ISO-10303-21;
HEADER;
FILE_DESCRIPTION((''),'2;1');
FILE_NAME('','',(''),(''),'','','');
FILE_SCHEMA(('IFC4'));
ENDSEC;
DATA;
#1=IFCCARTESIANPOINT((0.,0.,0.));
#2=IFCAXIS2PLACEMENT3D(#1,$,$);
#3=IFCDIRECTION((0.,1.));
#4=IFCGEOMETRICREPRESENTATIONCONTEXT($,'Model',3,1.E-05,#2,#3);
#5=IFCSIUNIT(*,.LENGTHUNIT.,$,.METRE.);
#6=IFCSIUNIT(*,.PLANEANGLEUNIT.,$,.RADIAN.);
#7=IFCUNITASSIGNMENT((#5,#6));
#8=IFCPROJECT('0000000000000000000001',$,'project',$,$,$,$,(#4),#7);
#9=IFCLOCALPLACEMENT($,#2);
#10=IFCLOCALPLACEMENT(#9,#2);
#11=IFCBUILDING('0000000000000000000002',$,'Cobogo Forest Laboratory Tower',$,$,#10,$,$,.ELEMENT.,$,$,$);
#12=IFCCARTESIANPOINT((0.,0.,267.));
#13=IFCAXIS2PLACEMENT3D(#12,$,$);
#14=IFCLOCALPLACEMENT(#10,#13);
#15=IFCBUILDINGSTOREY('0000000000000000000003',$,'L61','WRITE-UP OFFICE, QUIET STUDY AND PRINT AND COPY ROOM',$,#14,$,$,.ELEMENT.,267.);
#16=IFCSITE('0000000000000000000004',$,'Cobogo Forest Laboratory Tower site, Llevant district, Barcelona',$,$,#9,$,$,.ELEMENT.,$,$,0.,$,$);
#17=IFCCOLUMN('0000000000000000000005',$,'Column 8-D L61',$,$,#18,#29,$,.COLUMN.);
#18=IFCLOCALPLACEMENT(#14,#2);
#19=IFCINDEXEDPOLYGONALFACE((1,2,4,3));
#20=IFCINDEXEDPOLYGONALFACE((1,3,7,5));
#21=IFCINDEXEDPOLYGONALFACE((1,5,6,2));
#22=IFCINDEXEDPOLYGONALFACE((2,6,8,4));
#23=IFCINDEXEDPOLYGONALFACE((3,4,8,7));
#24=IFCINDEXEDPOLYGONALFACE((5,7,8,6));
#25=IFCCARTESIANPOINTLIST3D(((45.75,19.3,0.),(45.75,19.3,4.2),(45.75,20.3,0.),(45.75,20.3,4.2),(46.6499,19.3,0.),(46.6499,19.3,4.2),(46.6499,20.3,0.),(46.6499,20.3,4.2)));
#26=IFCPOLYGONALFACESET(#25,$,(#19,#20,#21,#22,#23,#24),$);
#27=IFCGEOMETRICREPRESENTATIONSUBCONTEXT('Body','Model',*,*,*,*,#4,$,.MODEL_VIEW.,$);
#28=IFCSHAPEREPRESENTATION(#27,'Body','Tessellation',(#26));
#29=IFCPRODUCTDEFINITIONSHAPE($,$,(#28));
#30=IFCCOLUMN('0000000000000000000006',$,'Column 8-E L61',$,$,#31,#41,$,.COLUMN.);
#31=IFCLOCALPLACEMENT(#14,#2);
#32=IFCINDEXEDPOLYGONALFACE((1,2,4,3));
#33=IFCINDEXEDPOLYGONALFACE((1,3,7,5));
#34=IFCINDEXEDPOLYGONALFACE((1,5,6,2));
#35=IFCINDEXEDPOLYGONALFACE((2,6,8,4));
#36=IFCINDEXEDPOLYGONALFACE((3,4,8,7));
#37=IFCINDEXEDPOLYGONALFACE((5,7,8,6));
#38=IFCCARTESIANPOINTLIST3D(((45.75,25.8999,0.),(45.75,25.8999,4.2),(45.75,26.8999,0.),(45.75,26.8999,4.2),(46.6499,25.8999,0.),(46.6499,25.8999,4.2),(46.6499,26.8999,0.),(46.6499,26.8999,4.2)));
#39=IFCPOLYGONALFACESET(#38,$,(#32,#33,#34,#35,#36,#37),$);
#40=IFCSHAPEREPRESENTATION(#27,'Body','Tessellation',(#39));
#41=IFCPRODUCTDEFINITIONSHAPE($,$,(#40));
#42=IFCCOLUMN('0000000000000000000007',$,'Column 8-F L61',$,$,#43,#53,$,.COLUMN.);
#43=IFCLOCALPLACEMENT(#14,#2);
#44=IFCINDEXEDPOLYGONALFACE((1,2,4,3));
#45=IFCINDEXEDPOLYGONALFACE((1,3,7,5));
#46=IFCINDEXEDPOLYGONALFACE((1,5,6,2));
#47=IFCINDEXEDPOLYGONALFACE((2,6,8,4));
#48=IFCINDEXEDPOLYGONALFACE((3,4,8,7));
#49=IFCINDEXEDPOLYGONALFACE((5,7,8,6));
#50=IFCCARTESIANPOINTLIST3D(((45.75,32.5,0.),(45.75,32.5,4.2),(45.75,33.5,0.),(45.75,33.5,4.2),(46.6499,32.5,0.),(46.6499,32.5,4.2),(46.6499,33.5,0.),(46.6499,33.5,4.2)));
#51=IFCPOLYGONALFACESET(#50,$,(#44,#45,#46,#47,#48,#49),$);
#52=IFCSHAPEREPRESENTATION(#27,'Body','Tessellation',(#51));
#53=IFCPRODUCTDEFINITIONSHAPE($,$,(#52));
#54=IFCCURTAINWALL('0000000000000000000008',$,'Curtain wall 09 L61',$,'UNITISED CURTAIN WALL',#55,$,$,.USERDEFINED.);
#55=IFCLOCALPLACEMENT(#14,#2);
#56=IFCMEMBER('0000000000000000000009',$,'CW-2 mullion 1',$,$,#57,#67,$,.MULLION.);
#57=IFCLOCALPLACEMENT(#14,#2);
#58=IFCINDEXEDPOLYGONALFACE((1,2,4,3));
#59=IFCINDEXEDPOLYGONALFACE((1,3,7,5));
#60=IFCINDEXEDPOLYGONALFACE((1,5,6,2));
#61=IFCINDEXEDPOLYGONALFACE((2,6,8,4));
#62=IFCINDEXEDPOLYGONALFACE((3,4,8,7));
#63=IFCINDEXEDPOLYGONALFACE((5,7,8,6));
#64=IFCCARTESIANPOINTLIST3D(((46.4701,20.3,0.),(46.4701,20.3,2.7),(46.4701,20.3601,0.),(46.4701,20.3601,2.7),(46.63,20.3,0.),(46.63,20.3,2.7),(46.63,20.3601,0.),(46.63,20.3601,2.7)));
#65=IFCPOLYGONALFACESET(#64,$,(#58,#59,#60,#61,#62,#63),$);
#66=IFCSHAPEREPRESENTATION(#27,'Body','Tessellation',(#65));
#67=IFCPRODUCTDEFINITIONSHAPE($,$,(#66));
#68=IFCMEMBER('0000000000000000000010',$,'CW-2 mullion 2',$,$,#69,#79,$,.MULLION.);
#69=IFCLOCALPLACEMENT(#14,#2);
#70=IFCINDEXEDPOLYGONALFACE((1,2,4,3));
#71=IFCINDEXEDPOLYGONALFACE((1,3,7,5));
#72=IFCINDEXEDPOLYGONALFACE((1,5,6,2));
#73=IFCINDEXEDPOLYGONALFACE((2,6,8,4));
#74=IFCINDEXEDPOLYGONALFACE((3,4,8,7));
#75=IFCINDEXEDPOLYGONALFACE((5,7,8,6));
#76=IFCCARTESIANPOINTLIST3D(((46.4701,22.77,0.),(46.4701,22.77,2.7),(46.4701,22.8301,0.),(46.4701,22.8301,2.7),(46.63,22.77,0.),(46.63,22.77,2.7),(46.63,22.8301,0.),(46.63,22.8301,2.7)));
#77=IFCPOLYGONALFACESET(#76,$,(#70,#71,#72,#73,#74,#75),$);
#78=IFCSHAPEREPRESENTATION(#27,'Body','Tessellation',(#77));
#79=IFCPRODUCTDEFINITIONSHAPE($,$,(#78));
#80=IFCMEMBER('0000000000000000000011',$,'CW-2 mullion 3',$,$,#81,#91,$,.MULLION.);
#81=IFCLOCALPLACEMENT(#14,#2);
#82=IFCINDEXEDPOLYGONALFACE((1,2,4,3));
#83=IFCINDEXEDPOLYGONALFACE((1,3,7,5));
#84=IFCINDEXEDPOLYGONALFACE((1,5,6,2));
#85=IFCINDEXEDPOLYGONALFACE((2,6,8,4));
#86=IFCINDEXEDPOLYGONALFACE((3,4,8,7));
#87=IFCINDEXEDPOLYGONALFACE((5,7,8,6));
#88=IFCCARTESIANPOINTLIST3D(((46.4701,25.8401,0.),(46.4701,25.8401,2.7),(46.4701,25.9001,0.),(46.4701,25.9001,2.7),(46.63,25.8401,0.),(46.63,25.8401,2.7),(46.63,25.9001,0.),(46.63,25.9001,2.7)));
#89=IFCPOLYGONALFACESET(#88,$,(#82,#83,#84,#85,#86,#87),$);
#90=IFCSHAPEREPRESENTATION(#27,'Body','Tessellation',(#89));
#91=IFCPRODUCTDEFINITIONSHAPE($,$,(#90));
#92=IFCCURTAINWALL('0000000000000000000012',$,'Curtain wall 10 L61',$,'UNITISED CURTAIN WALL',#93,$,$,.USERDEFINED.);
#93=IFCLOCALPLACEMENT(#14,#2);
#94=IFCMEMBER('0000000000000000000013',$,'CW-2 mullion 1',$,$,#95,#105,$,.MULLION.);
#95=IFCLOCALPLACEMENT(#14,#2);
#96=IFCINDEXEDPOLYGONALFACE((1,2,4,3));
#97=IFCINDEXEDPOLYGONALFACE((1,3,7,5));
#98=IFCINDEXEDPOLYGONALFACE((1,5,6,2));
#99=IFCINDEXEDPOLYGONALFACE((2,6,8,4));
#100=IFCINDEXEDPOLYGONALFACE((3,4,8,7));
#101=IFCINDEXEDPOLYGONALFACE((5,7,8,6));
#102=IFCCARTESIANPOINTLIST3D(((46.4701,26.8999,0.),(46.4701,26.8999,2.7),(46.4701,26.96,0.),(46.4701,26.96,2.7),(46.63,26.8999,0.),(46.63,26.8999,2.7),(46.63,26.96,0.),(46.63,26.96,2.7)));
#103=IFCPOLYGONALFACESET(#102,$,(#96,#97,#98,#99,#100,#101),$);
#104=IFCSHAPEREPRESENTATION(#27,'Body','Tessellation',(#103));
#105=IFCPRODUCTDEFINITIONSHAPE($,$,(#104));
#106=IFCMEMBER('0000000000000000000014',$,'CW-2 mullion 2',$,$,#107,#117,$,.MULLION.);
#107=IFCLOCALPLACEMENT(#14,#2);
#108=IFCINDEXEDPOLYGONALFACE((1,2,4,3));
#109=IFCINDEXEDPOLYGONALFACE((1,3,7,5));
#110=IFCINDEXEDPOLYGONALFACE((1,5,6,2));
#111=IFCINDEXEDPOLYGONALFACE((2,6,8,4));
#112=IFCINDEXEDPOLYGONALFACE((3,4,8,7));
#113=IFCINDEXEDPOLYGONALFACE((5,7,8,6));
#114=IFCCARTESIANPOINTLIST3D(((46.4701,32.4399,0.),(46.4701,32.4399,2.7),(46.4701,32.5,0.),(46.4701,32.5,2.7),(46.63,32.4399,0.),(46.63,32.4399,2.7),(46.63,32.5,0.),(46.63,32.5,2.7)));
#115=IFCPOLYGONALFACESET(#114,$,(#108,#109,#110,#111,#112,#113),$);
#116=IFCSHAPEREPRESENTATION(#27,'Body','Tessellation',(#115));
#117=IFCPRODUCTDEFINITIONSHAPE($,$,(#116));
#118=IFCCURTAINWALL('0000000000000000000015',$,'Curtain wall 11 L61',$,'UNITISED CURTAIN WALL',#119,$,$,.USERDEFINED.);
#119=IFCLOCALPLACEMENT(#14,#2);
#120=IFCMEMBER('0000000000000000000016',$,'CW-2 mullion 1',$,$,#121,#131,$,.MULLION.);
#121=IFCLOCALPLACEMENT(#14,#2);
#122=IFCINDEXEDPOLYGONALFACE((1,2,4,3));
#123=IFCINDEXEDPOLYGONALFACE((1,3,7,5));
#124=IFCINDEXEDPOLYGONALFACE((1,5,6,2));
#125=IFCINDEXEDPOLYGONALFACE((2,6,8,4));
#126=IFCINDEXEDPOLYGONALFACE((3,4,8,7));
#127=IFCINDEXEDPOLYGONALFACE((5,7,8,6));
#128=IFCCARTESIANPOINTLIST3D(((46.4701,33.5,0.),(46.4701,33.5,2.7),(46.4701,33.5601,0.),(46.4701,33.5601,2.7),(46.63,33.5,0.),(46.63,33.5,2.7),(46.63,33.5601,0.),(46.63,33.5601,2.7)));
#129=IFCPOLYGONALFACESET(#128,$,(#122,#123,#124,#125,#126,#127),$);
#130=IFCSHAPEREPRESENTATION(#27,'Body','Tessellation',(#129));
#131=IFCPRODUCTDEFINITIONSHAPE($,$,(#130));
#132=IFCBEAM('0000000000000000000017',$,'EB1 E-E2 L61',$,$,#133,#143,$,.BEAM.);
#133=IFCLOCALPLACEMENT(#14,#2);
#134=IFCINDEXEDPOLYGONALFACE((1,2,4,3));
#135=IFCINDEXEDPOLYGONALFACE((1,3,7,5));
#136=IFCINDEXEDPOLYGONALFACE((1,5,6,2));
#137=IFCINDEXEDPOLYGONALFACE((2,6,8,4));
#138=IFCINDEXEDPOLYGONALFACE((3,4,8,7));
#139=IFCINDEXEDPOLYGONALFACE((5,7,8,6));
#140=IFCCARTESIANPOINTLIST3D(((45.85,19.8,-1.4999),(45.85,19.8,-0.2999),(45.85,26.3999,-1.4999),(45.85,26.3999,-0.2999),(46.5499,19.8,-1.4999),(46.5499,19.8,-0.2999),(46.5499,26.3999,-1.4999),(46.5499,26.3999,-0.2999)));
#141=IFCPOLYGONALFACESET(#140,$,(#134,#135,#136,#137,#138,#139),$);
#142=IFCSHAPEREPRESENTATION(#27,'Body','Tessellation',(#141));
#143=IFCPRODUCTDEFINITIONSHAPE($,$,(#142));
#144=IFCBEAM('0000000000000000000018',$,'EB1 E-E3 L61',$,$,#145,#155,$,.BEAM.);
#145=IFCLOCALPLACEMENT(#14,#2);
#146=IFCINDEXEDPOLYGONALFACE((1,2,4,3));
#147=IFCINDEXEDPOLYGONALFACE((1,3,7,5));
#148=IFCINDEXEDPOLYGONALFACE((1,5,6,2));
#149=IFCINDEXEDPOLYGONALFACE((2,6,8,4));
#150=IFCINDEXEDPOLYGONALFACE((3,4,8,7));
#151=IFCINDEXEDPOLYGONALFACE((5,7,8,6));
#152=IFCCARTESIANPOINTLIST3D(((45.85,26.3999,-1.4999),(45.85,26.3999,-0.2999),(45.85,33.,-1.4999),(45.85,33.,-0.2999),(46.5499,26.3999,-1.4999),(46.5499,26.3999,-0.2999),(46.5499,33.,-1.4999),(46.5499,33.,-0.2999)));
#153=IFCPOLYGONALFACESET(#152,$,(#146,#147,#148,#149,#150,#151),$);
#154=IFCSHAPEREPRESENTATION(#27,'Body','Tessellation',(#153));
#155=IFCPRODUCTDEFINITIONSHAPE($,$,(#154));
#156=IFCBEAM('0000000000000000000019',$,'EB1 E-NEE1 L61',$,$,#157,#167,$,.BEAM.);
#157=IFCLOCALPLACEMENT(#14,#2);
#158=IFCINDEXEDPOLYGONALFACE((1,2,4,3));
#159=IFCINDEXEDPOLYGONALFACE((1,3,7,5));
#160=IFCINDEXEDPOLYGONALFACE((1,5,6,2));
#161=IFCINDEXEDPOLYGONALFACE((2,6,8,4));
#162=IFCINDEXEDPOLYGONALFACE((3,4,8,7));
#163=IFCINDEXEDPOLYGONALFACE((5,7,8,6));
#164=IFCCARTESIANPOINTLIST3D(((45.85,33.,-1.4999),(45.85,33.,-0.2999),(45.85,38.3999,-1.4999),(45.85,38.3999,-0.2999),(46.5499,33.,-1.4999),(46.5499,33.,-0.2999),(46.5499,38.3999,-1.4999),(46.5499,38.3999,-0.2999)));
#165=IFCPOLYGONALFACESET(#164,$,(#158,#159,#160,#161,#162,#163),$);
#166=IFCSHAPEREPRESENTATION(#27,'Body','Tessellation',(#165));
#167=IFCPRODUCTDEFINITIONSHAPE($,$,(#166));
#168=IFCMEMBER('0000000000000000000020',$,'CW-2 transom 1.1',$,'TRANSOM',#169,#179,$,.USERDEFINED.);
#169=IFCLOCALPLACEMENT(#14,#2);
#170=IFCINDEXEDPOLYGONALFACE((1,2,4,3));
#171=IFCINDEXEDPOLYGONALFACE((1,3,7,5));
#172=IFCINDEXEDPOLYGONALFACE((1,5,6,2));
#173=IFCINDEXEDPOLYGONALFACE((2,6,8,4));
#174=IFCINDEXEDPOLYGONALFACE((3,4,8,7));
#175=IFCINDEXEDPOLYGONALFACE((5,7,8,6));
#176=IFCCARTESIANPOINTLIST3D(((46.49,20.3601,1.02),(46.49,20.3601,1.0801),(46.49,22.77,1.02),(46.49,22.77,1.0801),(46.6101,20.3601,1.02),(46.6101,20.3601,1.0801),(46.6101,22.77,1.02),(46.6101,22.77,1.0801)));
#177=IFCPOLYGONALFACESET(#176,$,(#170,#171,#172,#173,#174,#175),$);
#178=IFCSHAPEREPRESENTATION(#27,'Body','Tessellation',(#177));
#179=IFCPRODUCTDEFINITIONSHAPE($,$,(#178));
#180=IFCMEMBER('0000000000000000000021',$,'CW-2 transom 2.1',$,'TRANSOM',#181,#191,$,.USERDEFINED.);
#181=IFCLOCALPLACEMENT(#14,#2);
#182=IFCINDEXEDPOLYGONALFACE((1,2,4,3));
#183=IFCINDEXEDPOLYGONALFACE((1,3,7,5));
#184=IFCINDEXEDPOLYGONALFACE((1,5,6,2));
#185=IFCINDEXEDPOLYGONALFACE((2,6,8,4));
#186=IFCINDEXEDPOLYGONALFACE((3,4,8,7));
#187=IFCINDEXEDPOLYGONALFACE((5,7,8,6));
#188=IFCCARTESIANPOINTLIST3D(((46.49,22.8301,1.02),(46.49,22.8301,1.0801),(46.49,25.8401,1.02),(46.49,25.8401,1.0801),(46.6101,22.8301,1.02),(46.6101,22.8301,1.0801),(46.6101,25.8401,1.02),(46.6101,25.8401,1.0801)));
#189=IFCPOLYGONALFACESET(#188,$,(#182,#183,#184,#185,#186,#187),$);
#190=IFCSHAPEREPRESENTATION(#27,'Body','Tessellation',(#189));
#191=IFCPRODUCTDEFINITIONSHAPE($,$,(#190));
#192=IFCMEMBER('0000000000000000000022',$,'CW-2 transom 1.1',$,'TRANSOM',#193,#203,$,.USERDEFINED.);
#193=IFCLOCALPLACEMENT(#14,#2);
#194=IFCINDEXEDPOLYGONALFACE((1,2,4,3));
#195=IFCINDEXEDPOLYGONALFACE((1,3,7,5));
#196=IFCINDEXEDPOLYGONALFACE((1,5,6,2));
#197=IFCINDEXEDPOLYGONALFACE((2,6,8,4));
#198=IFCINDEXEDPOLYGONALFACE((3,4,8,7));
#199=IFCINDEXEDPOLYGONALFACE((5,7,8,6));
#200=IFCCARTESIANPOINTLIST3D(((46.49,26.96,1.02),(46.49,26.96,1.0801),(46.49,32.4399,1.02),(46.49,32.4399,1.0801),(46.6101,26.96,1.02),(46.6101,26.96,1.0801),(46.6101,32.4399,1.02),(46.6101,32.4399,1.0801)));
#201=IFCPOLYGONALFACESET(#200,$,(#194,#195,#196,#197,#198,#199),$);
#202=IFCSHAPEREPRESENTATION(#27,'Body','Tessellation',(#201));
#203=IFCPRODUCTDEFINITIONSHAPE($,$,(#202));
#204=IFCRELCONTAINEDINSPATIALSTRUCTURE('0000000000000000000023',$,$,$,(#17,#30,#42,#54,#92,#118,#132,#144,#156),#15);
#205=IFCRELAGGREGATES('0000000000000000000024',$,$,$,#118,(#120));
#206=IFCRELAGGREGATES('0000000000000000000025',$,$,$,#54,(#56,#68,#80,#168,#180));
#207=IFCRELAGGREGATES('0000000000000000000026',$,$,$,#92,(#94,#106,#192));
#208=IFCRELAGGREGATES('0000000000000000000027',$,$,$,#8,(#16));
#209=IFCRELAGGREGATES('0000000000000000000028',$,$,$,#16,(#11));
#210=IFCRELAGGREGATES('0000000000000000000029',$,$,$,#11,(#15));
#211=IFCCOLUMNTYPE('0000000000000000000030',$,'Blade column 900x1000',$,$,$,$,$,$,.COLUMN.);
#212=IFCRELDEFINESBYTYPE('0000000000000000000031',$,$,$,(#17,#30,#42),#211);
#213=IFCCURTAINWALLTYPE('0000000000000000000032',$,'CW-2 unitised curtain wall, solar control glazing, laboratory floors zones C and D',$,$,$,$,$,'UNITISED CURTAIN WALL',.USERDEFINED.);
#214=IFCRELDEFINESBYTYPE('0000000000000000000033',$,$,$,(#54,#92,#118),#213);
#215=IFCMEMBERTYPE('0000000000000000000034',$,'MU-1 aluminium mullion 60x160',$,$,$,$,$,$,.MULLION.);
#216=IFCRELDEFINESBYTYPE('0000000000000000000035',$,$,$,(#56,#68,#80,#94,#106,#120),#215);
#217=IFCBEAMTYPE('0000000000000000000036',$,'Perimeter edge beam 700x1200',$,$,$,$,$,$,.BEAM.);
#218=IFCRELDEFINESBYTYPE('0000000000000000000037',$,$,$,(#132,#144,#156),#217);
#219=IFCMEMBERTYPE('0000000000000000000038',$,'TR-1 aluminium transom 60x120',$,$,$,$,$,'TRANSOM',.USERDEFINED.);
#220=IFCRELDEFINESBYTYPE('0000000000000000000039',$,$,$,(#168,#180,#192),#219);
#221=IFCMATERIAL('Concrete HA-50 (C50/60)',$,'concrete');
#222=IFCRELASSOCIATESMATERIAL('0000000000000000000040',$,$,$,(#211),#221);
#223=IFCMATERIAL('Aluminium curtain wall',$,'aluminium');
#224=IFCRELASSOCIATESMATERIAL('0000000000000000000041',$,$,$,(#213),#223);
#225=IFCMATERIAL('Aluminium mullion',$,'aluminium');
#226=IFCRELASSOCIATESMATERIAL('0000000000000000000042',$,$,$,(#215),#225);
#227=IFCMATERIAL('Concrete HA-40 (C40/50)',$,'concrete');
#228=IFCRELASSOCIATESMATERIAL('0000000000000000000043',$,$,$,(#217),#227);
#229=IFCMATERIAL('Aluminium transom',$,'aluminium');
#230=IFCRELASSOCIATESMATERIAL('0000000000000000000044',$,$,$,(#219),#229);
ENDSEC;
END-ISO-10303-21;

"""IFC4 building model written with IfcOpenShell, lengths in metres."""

from ifc_helpers import new_model, si_unit, direction, frame, origin, origin_2d, place, context, subcontext, project, spatial, rectangle, extrude, material, material_profile, profile_set, type_object, element, aggregate, save


model = new_model("IFC4")

# Units and contexts
model_context = context("Model", 3, precision=1e-05, world=origin(), true_north=direction((0.0, 1.0)))
body_context = subcontext(model_context, "Body", "Model", "MODEL_VIEW")
ifc_project = project(units=[si_unit("LENGTHUNIT", "METRE"), si_unit("PLANEANGLEUNIT", "RADIAN")], contexts=[model_context])

# Site, building, storey
site_placement = place(None, origin())
site = spatial("IfcSite", under=ifc_project, at=site_placement, Name="Cobogo Forest Laboratory Tower site, Llevant district, Barcelona", CompositionType="ELEMENT", RefElevation=0.0)
building_placement = place(site_placement, origin())
building = spatial("IfcBuilding", under=site, at=building_placement, Name="Cobogo Forest Laboratory Tower", CompositionType="ELEMENT")
storey_placement = place(building_placement, frame((0.0, 0.0, 267.0)))
storey = spatial("IfcBuildingStorey", under=building, at=storey_placement, Name="L61", Description="WRITE-UP OFFICE, QUIET STUDY AND PRINT AND COPY ROOM", CompositionType="ELEMENT", Elevation=267.0)

# Columns
ifc_material_1 = material(Name="Concrete HA-50 (C50/60)", Category="concrete")
ifc_material_profile_1 = material_profile(ifc_material_1, rectangle(XDim=1.0, YDim=0.8999, at=origin_2d()), Name="RC 900x1000")
ifc_profile_set_1 = profile_set([ifc_material_profile_1], Name="Concrete HA-50 (C50/60)")
column_type = type_object("IfcColumnType", Name="Blade column 900x1000", PredefinedType="COLUMN", material=ifc_profile_set_1)
for number, where, z_axis, x_axis, name in (
    (1, (46.2, 19.8, 0.0), (0.0, 0.0, 1.0), (0.0, 1.0, 0.0), "Column 8-D L61"),
    (2, (46.2, 26.3999, 0.0), (0.0, 0.0, 1.0), (0.0, 1.0, 0.0), "Column 8-E L61"),
    (3, (46.2, 33.0, 0.0), (0.0, 0.0, 1.0), (0.0, 1.0, 0.0), "Column 8-F L61"),
):
    element("IfcColumn", number, at=place(storey_placement, frame(where, z_axis=z_axis, x_axis=x_axis)), inside=storey, type_object=column_type, Name=name, PredefinedType="COLUMN", context=body_context, shape_type="SweptSolid", body=[
        extrude(rectangle(XDim=1.0, YDim=0.8999, at=origin_2d()), origin(), (0.0, 0.0, 1.0), 4.2),
    ])

# Curtain walls, members
ifc_material_2 = material(Name="Aluminium curtain wall", Category="aluminium")
curtain_wall_type = type_object("IfcCurtainWallType", Name="CW-2 unitised curtain wall, solar control glazing, laboratory floors zones C and D", ElementType="UNITISED CURTAIN WALL", PredefinedType="USERDEFINED", material=ifc_material_2)
curtain_wall_1_placement = place(storey_placement, origin())
curtain_wall_1 = element("IfcCurtainWall", 4, at=curtain_wall_1_placement, inside=storey, type_object=curtain_wall_type, Name="Curtain wall 09 L61", ObjectType="UNITISED CURTAIN WALL", PredefinedType="USERDEFINED")
ifc_material_3 = material(Name="Aluminium mullion", Category="aluminium")
ifc_material_profile_2 = material_profile(ifc_material_3, rectangle(XDim=0.0601, YDim=0.1599, at=origin_2d()), Name="AL 60x160")
ifc_profile_set_2 = profile_set([ifc_material_profile_2], Name="Aluminium mullion")
member_type_1 = type_object("IfcMemberType", Name="MU-1 aluminium mullion 60x160", PredefinedType="MULLION", material=ifc_profile_set_2)
member_1_placement = place(storey_placement, frame((46.55, 20.3301, 0.0), z_axis=(0.0, 0.0, 1.0), x_axis=(0.0, 1.0, 0.0)))
member_1 = element("IfcMember", 5, at=member_1_placement, type_object=member_type_1, Name="CW-2 mullion 1", PredefinedType="MULLION", context=body_context, shape_type="SweptSolid", body=[
    extrude(rectangle(XDim=0.0601, YDim=0.1599, at=origin_2d()), origin(), (0.0, 0.0, 1.0), 2.7),
])
member_2_placement = place(storey_placement, frame((46.55, 22.8, 0.0), z_axis=(0.0, 0.0, 1.0), x_axis=(0.0, 1.0, 0.0)))
member_2 = element("IfcMember", 6, at=member_2_placement, type_object=member_type_1, Name="CW-2 mullion 2", PredefinedType="MULLION", context=body_context, shape_type="SweptSolid", body=[
    extrude(rectangle(XDim=0.0601, YDim=0.1599, at=origin_2d()), origin(), (0.0, 0.0, 1.0), 2.7),
])
member_3_placement = place(storey_placement, frame((46.55, 25.8701, 0.0), z_axis=(0.0, 0.0, 1.0), x_axis=(0.0, 1.0, 0.0)))
member_3 = element("IfcMember", 7, at=member_3_placement, type_object=member_type_1, Name="CW-2 mullion 3", PredefinedType="MULLION", context=body_context, shape_type="SweptSolid", body=[
    extrude(rectangle(XDim=0.0601, YDim=0.1599, at=origin_2d()), origin(), (0.0, 0.0, 1.0), 2.7),
])
curtain_wall_2_placement = place(storey_placement, origin())
curtain_wall_2 = element("IfcCurtainWall", 8, at=curtain_wall_2_placement, inside=storey, type_object=curtain_wall_type, Name="Curtain wall 10 L61", ObjectType="UNITISED CURTAIN WALL", PredefinedType="USERDEFINED")
member_4_placement = place(storey_placement, frame((46.55, 26.9299, 0.0), z_axis=(0.0, 0.0, 1.0), x_axis=(0.0, 1.0, 0.0)))
member_4 = element("IfcMember", 9, at=member_4_placement, type_object=member_type_1, Name="CW-2 mullion 1", PredefinedType="MULLION", context=body_context, shape_type="SweptSolid", body=[
    extrude(rectangle(XDim=0.0601, YDim=0.1599, at=origin_2d()), origin(), (0.0, 0.0, 1.0), 2.7),
])
member_5_placement = place(storey_placement, frame((46.55, 32.47, 0.0), z_axis=(0.0, 0.0, 1.0), x_axis=(0.0, 1.0, 0.0)))
member_5 = element("IfcMember", 10, at=member_5_placement, type_object=member_type_1, Name="CW-2 mullion 2", PredefinedType="MULLION", context=body_context, shape_type="SweptSolid", body=[
    extrude(rectangle(XDim=0.0601, YDim=0.1599, at=origin_2d()), origin(), (0.0, 0.0, 1.0), 2.7),
])

# Curtain wall, member
curtain_wall_3_placement = place(storey_placement, origin())
curtain_wall_3 = element("IfcCurtainWall", 11, at=curtain_wall_3_placement, inside=storey, type_object=curtain_wall_type, Name="Curtain wall 11 L61", ObjectType="UNITISED CURTAIN WALL", PredefinedType="USERDEFINED")
member_6_placement = place(storey_placement, frame((46.55, 33.53, 0.0), z_axis=(0.0, 0.0, 1.0), x_axis=(0.0, 1.0, 0.0)))
member_6 = element("IfcMember", 12, at=member_6_placement, type_object=member_type_1, Name="CW-2 mullion 1", PredefinedType="MULLION", context=body_context, shape_type="SweptSolid", body=[
    extrude(rectangle(XDim=0.0601, YDim=0.1599, at=origin_2d()), origin(), (0.0, 0.0, 1.0), 2.7),
])

# Beams
ifc_material_4 = material(Name="Concrete HA-40 (C40/50)", Category="concrete")
ifc_material_profile_3 = material_profile(ifc_material_4, rectangle(XDim=0.7, YDim=1.2, at=origin_2d()), Name="RC 700x1200")
ifc_profile_set_3 = profile_set([ifc_material_profile_3], Name="Concrete HA-40 (C40/50)")
beam_type = type_object("IfcBeamType", Name="Perimeter edge beam 700x1200", PredefinedType="BEAM", material=ifc_profile_set_3)
beam_1_placement = place(storey_placement, frame((46.2, 19.8, -0.8999), z_axis=(0.0, 1.0, 0.0), x_axis=(-1.0, 0.0, 0.0)))
element("IfcBeam", 13, at=beam_1_placement, inside=storey, type_object=beam_type, Name="EB1 E-E2 L61", PredefinedType="BEAM", context=body_context, shape_type="SweptSolid", body=[
    extrude(rectangle(XDim=0.7, YDim=1.2, at=origin_2d()), origin(), (0.0, 0.0, 1.0), 6.5999),
])
beam_2_placement = place(storey_placement, frame((46.2, 26.3999, -0.8999), z_axis=(0.0, 1.0, 0.0), x_axis=(-1.0, 0.0, 0.0)))
element("IfcBeam", 14, at=beam_2_placement, inside=storey, type_object=beam_type, Name="EB1 E-E3 L61", PredefinedType="BEAM", context=body_context, shape_type="SweptSolid", body=[
    extrude(rectangle(XDim=0.7, YDim=1.2, at=origin_2d()), origin(), (0.0, 0.0, 1.0), 6.6001),
])
beam_3_placement = place(storey_placement, frame((46.2, 33.0, -0.8999), z_axis=(0.0, 1.0, 0.0), x_axis=(-1.0, 0.0, 0.0)))
element("IfcBeam", 15, at=beam_3_placement, inside=storey, type_object=beam_type, Name="EB1 E-NEE1 L61", PredefinedType="BEAM", context=body_context, shape_type="SweptSolid", body=[
    extrude(rectangle(XDim=0.7, YDim=1.2, at=origin_2d()), origin(), (0.0, 0.0, 1.0), 5.3999),
])

# Members
ifc_material_5 = material(Name="Aluminium transom", Category="aluminium")
ifc_material_profile_4 = material_profile(ifc_material_5, rectangle(XDim=0.1201, YDim=0.0601, at=origin_2d()), Name="AL 60x120")
ifc_profile_set_4 = profile_set([ifc_material_profile_4], Name="Aluminium transom")
member_type_2 = type_object("IfcMemberType", Name="TR-1 aluminium transom 60x120", ElementType="TRANSOM", PredefinedType="USERDEFINED", material=ifc_profile_set_4)
member_7_placement = place(storey_placement, frame((46.55, 20.3601, 1.05), z_axis=(0.0, 1.0, 0.0), x_axis=(-1.0, 0.0, 0.0)))
member_7 = element("IfcMember", 16, at=member_7_placement, type_object=member_type_2, Name="CW-2 transom 1.1", ObjectType="TRANSOM", PredefinedType="USERDEFINED", context=body_context, shape_type="SweptSolid", body=[
    extrude(rectangle(XDim=0.1201, YDim=0.0601, at=origin_2d()), origin(), (0.0, 0.0, 1.0), 2.4099),
])
member_8_placement = place(storey_placement, frame((46.55, 22.8301, 1.05), z_axis=(0.0, 1.0, 0.0), x_axis=(-1.0, 0.0, 0.0)))
member_8 = element("IfcMember", 17, at=member_8_placement, type_object=member_type_2, Name="CW-2 transom 2.1", ObjectType="TRANSOM", PredefinedType="USERDEFINED", context=body_context, shape_type="SweptSolid", body=[
    extrude(rectangle(XDim=0.1201, YDim=0.0601, at=origin_2d()), origin(), (0.0, 0.0, 1.0), 3.01),
])
member_9_placement = place(storey_placement, frame((46.55, 26.96, 1.05), z_axis=(0.0, 1.0, 0.0), x_axis=(-1.0, 0.0, 0.0)))
member_9 = element("IfcMember", 18, at=member_9_placement, type_object=member_type_2, Name="CW-2 transom 1.1", ObjectType="TRANSOM", PredefinedType="USERDEFINED", context=body_context, shape_type="SweptSolid", body=[
    extrude(rectangle(XDim=0.1201, YDim=0.0601, at=origin_2d()), origin(), (0.0, 0.0, 1.0), 5.48),
])
aggregate(curtain_wall_3, [member_6])

aggregate(curtain_wall_1, [member_1, member_2, member_3, member_7, member_8])
aggregate(curtain_wall_2, [member_4, member_5, member_9])

save(model, "model.ifc")
